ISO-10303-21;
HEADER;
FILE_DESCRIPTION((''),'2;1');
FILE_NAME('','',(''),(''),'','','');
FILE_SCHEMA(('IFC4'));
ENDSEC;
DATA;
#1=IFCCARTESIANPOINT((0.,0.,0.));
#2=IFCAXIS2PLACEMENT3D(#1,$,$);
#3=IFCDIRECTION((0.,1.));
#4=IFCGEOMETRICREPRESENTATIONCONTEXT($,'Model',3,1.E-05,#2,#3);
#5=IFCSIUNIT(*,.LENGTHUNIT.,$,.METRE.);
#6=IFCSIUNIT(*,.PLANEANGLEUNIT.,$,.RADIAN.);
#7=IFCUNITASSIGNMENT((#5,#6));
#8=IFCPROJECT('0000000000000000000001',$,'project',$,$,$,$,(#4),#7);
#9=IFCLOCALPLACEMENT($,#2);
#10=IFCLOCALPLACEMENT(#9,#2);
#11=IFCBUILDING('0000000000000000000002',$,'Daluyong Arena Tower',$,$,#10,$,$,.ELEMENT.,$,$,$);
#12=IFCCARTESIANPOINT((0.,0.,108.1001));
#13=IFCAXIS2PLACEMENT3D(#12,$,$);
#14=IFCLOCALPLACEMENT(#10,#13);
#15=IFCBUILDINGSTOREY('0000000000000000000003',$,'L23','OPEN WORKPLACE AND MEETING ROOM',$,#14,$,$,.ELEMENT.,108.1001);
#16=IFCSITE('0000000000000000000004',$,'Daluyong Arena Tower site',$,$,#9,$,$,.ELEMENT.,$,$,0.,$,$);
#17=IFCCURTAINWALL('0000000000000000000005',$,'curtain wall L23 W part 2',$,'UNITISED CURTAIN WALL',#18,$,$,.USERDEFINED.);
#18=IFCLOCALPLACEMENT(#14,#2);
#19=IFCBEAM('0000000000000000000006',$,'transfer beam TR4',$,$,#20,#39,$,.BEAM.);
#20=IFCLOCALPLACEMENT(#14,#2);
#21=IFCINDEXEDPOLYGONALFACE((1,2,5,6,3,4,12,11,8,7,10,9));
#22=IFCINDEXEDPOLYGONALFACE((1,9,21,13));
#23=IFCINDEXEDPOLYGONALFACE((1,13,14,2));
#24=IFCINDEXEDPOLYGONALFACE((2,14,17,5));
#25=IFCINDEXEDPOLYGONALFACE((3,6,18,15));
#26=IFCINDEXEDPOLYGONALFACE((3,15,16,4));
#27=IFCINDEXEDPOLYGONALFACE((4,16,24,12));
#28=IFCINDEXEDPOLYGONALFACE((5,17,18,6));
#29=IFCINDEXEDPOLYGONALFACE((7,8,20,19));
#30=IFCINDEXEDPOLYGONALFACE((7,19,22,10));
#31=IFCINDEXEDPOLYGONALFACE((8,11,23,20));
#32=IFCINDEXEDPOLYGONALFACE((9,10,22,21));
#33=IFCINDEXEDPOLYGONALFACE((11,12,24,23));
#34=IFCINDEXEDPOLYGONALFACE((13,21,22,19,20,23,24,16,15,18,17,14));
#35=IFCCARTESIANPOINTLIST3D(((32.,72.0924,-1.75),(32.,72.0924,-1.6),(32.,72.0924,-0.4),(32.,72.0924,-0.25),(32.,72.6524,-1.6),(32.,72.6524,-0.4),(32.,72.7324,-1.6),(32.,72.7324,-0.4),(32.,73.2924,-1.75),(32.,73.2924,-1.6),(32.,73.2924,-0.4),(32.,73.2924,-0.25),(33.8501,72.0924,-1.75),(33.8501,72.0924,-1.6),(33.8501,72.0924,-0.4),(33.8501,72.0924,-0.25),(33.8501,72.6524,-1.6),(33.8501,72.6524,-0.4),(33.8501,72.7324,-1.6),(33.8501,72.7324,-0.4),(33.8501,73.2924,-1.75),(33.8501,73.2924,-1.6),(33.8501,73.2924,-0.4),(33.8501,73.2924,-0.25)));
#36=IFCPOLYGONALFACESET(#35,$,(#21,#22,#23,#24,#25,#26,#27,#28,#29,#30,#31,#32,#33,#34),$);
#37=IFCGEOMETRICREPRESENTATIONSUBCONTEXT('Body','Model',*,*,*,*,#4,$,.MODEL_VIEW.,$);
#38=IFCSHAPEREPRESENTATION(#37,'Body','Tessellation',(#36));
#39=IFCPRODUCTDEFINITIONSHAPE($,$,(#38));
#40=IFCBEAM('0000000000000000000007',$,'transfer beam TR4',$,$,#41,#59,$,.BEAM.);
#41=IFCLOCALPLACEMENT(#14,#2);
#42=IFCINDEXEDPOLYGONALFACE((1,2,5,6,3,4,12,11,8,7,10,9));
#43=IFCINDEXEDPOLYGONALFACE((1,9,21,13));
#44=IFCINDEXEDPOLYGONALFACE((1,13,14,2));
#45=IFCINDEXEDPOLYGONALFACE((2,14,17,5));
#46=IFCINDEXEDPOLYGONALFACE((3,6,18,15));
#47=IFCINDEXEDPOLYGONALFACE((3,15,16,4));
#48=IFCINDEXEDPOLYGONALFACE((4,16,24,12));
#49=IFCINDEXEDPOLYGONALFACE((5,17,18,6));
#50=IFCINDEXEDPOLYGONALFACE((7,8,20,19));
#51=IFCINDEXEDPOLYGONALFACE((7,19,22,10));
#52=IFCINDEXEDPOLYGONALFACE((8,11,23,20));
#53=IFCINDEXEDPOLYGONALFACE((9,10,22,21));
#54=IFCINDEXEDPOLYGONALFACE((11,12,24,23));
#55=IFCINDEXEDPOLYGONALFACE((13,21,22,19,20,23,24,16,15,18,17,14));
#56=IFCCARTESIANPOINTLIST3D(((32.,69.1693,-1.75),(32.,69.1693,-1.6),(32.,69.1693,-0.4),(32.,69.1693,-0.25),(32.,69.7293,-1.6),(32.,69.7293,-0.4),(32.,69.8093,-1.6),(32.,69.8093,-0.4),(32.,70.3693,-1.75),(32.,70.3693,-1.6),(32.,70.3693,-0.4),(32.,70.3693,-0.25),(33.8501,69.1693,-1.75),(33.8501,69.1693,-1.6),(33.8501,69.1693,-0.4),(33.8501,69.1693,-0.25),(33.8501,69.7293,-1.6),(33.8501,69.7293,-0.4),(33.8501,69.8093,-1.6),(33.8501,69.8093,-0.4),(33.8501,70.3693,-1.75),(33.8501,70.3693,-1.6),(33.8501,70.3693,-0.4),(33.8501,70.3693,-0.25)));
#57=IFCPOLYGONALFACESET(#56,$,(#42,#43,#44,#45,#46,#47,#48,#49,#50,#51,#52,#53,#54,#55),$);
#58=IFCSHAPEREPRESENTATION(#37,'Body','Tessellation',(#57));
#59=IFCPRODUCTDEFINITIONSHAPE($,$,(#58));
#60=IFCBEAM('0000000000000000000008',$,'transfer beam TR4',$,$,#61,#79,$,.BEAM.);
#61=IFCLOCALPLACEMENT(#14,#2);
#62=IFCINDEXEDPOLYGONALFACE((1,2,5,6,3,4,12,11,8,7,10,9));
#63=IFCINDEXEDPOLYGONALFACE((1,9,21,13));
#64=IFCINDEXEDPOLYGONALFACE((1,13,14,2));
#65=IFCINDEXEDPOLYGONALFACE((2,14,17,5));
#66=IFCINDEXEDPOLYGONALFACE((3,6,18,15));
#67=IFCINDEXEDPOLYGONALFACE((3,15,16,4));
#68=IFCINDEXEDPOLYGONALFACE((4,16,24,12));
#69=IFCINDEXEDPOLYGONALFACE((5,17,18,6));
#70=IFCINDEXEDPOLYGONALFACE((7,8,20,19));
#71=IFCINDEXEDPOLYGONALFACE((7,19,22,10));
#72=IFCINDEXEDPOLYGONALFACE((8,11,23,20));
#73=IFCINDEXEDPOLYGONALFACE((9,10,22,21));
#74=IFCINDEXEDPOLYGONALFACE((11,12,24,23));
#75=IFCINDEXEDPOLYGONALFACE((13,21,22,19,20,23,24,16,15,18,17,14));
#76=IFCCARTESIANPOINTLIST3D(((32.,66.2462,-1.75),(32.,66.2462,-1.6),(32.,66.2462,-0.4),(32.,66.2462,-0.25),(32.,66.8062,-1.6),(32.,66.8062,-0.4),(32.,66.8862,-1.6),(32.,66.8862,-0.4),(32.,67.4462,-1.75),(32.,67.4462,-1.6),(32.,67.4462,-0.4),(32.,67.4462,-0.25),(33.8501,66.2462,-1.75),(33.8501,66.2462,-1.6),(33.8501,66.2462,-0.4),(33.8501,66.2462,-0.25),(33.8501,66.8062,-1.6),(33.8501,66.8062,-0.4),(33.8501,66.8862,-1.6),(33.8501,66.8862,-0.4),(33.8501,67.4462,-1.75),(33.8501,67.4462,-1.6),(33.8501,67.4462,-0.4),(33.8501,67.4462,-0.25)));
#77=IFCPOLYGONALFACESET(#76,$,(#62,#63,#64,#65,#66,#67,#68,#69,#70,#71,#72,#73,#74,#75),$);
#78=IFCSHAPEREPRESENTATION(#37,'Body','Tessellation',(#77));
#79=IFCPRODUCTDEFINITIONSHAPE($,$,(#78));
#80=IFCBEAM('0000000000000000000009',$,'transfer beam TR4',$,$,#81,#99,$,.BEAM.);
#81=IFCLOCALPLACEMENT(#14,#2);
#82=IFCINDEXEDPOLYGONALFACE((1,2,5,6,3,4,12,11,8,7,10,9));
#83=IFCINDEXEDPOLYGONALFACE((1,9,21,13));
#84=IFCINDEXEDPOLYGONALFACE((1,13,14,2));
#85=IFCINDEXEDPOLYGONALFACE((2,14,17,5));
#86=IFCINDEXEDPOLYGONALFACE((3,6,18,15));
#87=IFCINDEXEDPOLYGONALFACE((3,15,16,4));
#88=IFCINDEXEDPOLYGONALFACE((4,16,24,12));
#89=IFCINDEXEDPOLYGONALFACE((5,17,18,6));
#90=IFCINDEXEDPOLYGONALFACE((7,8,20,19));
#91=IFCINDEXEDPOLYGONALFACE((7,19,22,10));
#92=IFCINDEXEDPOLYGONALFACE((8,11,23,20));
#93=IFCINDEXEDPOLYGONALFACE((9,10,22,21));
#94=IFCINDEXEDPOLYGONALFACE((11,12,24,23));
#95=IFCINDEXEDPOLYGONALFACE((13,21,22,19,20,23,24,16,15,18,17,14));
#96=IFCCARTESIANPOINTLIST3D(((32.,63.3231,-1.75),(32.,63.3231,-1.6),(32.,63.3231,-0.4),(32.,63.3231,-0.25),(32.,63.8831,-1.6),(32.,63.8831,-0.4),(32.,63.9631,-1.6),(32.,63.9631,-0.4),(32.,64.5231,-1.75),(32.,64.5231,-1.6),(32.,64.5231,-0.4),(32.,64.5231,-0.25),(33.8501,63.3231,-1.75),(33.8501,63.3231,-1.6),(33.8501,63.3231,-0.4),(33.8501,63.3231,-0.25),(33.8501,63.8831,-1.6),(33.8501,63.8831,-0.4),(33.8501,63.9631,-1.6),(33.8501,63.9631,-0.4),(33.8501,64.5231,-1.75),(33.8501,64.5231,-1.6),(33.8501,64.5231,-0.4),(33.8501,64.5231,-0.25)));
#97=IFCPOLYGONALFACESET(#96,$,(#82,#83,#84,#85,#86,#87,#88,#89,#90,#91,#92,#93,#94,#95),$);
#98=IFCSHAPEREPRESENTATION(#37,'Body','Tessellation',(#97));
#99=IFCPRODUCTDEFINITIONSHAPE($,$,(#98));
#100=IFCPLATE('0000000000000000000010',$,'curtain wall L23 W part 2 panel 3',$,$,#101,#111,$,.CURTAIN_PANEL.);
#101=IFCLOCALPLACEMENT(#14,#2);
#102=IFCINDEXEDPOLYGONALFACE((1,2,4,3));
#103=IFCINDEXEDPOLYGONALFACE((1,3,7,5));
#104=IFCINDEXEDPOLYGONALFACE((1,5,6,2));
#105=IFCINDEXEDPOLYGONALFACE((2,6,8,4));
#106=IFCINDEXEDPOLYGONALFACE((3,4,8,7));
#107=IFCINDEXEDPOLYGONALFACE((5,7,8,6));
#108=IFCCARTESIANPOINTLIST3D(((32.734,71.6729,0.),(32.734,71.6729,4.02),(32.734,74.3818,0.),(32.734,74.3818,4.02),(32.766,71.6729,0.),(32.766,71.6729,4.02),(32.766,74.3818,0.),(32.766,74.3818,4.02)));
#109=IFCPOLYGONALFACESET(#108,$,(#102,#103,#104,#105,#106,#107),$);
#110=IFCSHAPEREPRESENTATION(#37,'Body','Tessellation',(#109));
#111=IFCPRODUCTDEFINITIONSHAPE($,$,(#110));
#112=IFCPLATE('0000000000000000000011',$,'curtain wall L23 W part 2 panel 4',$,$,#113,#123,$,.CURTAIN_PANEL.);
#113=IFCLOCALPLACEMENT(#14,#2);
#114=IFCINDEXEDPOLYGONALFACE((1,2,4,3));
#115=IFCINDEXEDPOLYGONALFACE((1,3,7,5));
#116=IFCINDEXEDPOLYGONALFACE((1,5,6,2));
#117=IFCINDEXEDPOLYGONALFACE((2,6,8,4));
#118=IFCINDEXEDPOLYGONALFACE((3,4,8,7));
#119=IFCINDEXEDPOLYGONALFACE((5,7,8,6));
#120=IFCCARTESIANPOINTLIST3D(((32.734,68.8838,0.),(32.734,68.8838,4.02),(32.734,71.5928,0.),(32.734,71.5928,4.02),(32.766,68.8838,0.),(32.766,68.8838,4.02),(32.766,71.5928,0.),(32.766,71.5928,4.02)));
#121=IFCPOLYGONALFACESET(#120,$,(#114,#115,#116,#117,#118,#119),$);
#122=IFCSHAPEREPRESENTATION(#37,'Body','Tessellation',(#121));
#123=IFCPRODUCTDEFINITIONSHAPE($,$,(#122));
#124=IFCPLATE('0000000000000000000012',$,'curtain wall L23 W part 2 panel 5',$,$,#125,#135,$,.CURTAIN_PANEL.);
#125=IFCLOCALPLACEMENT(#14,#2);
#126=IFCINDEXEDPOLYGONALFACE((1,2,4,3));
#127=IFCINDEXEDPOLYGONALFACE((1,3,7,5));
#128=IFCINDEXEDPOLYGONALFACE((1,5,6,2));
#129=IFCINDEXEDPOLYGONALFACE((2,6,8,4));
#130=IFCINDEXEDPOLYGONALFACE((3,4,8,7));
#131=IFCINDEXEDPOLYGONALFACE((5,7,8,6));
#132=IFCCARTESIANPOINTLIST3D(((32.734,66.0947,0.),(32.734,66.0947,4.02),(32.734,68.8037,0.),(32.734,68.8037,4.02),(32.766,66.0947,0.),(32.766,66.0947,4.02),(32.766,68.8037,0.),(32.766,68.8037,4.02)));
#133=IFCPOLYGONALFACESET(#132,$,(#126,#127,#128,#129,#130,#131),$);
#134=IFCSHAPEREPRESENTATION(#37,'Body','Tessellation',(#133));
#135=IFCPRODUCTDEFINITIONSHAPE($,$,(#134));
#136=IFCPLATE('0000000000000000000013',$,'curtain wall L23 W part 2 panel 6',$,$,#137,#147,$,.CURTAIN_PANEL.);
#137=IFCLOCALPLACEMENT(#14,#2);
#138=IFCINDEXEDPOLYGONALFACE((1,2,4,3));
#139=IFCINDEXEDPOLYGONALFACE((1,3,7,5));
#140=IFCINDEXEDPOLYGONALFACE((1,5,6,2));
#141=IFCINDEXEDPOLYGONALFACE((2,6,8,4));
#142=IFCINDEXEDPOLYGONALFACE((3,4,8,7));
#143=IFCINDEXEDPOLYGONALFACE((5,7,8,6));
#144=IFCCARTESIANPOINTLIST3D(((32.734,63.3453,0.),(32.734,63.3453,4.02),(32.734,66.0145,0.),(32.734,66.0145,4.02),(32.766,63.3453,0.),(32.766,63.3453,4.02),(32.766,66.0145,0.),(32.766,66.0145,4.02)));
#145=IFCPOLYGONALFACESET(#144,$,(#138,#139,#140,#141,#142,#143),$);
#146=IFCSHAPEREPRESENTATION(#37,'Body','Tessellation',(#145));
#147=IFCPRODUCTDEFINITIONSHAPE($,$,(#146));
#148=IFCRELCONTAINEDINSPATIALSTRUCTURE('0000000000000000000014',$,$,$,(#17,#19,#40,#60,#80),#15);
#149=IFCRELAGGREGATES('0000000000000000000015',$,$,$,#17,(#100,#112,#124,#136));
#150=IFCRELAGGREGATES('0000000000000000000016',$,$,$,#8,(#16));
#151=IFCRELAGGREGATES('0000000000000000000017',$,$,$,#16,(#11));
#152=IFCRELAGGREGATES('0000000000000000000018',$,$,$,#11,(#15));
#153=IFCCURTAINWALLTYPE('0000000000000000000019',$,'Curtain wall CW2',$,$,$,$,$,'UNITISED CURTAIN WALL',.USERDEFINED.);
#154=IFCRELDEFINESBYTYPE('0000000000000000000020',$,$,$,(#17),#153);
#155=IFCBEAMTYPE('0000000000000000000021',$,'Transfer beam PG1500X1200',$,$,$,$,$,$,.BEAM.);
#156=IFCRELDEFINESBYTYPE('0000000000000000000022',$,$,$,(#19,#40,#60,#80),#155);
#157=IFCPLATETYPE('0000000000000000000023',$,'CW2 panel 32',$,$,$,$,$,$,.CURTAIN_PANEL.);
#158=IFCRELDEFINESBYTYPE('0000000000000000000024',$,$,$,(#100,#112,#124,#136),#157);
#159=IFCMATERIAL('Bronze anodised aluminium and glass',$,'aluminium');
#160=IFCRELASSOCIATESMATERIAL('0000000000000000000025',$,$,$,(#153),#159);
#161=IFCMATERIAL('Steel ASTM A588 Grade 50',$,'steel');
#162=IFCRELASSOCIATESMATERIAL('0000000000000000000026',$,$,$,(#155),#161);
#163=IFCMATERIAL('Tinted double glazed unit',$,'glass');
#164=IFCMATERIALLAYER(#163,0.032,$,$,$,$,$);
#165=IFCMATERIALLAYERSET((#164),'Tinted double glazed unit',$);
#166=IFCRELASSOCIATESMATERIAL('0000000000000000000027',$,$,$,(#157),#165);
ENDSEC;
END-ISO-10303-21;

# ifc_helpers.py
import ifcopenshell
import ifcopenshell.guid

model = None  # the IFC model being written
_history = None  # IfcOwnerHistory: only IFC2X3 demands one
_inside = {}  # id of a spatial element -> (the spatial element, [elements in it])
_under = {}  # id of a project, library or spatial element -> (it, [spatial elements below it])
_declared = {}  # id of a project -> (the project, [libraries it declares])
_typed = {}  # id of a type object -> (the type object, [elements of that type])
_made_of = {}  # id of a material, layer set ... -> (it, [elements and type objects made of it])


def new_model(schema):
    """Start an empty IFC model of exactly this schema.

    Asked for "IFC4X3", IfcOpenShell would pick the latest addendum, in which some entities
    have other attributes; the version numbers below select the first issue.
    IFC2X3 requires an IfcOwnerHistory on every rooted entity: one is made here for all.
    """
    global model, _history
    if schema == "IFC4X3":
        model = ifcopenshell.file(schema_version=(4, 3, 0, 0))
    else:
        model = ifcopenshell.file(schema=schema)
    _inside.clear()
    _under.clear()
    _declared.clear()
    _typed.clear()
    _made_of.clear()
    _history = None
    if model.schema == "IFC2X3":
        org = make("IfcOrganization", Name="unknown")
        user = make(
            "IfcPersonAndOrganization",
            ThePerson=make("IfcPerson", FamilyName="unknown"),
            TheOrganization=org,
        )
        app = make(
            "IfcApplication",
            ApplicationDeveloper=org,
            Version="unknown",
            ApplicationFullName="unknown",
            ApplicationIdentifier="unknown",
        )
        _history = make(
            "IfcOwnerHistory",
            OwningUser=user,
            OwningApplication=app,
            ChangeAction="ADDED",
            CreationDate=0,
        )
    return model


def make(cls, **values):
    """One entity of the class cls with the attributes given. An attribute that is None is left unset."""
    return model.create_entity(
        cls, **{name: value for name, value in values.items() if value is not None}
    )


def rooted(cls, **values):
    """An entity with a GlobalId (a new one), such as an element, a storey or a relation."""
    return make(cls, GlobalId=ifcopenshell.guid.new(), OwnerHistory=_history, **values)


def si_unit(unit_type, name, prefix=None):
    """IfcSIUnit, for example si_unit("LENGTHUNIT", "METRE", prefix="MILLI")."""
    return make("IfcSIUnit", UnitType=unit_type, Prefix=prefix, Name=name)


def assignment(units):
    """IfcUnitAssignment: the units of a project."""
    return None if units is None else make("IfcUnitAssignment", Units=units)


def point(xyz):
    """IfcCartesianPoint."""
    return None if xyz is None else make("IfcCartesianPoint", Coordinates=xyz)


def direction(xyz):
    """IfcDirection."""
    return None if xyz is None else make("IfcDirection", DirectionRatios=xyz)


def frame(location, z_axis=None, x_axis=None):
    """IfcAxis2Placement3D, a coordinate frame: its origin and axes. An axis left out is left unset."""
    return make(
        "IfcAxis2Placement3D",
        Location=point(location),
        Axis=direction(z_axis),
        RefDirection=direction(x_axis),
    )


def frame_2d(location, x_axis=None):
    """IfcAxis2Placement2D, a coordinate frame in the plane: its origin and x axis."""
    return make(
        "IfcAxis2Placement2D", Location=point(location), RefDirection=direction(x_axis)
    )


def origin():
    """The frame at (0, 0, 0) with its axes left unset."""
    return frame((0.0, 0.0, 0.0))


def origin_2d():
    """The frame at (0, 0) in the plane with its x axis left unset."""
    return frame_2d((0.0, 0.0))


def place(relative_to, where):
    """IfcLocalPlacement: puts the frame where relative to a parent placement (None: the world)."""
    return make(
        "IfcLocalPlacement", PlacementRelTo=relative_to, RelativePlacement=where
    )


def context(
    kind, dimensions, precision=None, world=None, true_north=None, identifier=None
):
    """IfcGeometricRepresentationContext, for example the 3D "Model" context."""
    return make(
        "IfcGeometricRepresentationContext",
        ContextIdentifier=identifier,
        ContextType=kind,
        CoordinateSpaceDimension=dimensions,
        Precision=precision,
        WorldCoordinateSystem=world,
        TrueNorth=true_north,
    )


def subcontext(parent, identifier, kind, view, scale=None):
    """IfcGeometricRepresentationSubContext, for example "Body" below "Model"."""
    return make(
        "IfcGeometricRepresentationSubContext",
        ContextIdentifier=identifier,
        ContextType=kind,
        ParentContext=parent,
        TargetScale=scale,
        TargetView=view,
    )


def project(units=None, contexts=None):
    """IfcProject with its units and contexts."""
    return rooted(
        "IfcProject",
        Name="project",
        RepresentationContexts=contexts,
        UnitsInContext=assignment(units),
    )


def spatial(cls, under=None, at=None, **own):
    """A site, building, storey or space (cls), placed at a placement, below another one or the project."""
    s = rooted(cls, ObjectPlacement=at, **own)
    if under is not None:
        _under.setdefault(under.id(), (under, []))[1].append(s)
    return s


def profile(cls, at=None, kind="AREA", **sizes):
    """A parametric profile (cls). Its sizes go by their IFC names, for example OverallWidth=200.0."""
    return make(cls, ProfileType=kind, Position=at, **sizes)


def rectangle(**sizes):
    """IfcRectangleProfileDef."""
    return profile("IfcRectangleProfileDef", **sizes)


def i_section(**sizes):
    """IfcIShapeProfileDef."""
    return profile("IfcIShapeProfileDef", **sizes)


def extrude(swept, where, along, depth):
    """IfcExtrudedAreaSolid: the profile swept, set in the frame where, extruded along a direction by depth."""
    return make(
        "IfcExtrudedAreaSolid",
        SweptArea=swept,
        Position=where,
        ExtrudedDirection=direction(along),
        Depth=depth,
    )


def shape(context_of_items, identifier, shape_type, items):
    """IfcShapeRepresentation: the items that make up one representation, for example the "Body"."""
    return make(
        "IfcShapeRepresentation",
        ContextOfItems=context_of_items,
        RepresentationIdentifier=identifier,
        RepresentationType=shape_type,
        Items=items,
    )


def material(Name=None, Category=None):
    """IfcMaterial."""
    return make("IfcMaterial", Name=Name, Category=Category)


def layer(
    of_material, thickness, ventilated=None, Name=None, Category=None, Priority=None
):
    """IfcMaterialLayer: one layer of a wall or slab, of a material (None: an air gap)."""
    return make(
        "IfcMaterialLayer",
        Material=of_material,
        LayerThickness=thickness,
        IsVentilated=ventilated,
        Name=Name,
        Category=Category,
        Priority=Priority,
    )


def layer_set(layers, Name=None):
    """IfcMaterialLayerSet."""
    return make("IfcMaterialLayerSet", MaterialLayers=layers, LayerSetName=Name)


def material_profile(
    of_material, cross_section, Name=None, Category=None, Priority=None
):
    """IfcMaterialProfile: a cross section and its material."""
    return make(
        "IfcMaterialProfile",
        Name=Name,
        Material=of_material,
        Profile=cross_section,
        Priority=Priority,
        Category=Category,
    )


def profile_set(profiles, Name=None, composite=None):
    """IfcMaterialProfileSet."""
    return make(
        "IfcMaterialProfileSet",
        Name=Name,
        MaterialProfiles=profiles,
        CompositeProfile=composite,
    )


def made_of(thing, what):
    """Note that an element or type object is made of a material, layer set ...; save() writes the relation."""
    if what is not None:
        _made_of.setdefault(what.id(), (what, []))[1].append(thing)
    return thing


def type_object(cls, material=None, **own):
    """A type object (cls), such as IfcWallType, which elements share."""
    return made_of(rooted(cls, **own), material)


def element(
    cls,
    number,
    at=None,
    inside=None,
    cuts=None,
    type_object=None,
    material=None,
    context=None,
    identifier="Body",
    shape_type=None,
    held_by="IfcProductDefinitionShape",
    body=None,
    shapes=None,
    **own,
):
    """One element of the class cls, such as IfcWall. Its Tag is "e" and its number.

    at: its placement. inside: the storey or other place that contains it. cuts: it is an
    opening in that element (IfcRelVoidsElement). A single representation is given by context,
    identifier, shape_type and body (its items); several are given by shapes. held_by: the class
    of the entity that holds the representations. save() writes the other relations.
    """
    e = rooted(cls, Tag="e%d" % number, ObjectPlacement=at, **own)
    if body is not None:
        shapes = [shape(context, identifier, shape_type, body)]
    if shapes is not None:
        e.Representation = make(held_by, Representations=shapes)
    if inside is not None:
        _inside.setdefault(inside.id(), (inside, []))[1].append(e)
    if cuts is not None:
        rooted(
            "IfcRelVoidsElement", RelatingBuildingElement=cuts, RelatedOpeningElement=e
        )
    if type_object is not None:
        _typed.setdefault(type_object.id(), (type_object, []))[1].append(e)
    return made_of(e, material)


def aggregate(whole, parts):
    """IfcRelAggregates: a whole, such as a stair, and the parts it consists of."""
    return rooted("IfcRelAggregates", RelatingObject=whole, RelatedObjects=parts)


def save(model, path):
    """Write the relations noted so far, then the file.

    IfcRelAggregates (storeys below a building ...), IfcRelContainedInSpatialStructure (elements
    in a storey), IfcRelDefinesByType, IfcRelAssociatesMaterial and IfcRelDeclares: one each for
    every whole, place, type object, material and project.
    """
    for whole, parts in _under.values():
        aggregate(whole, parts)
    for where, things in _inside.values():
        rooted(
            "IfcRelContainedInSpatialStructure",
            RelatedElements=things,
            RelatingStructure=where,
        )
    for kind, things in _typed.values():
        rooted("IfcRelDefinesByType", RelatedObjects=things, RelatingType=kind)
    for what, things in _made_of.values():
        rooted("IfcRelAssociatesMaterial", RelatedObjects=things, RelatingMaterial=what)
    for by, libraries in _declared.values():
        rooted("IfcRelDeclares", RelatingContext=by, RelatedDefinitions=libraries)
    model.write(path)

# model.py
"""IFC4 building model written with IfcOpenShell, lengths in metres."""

from ifc_helpers import new_model, si_unit, direction, frame, origin, origin_2d, place, context, subcontext, project, spatial, rectangle, i_section, extrude, material, layer, layer_set, material_profile, profile_set, type_object, element, aggregate, save


model = new_model("IFC4")

# Units and contexts
model_context = context("Model", 3, precision=1e-05, world=origin(), true_north=direction((0.0, 1.0)))
body_context = subcontext(model_context, "Body", "Model", "MODEL_VIEW")
ifc_project = project(units=[si_unit("LENGTHUNIT", "METRE"), si_unit("PLANEANGLEUNIT", "RADIAN")], contexts=[model_context])

# Site, building, storey
site_placement = place(None, origin())
site = spatial("IfcSite", under=ifc_project, at=site_placement, Name="Daluyong Arena Tower site", CompositionType="ELEMENT", RefElevation=0.0)
building_placement = place(site_placement, origin())
building = spatial("IfcBuilding", under=site, at=building_placement, Name="Daluyong Arena Tower", CompositionType="ELEMENT")
storey_placement = place(building_placement, frame((0.0, 0.0, 108.1001)))
storey = spatial("IfcBuildingStorey", under=building, at=storey_placement, Name="L23", Description="OPEN WORKPLACE AND MEETING ROOM", CompositionType="ELEMENT", Elevation=108.1001)

# Curtain wall
ifc_material_1 = material(Name="Bronze anodised aluminium and glass", Category="aluminium")
curtain_wall_type = type_object("IfcCurtainWallType", Name="Curtain wall CW2", ElementType="UNITISED CURTAIN WALL", PredefinedType="USERDEFINED", material=ifc_material_1)
curtain_wall_placement = place(storey_placement, origin())
curtain_wall = element("IfcCurtainWall", 1, at=curtain_wall_placement, inside=storey, type_object=curtain_wall_type, Name="curtain wall L23 W part 2", ObjectType="UNITISED CURTAIN WALL", PredefinedType="USERDEFINED")

# Beams
ifc_material_2 = material(Name="Steel ASTM A588 Grade 50", Category="steel")
ifc_material_profile_1 = material_profile(ifc_material_2, i_section(OverallWidth=1.2, OverallDepth=1.5, WebThickness=0.08, FlangeThickness=0.15, at=origin_2d()))
ifc_profile_set_1 = profile_set([ifc_material_profile_1], Name="Steel ASTM A588 Grade 50")
beam_type_1 = type_object("IfcBeamType", Name="Transfer beam PG1500X1200", PredefinedType="BEAM", material=ifc_profile_set_1)
for number, where, z_axis, x_axis, name in (
    (2, (32.0, 72.6924, -1.0), (1.0, 0.0, 0.0), (0.0, 1.0, 0.0), "transfer beam TR4"),
    (3, (32.0, 69.7693, -1.0), (1.0, 0.0, 0.0), (0.0, 1.0, 0.0), "transfer beam TR4"),
    (4, (32.0, 66.8462, -1.0), (1.0, 0.0, 0.0), (0.0, 1.0, 0.0), "transfer beam TR4"),
    (5, (32.0, 63.9231, -1.0), (1.0, 0.0, 0.0), (0.0, 1.0, 0.0), "transfer beam TR4"),
):
    element("IfcBeam", number, at=place(storey_placement, frame(where, z_axis=z_axis, x_axis=x_axis)), inside=storey, type_object=beam_type_1, Name=name, PredefinedType="BEAM", context=body_context, shape_type="SweptSolid", body=[
        extrude(i_section(OverallWidth=1.2, OverallDepth=1.5, WebThickness=0.08, FlangeThickness=0.15, at=origin_2d()), origin(), (0.0, 0.0, 1.0), 1.8501),
    ])

# Plates
ifc_material_3 = material(Name="Tinted double glazed unit", Category="glass")
ifc_layer = layer(ifc_material_3, 0.032)
ifc_layer_set = layer_set([ifc_layer], Name="Tinted double glazed unit")
plate_type = type_object("IfcPlateType", Name="CW2 panel 32", PredefinedType="CURTAIN_PANEL", material=ifc_layer_set)
plate_1_placement = place(storey_placement, frame((32.75, 73.0273, 0.0), z_axis=(0.0, 0.0, 1.0), x_axis=(0.0, -1.0, 0.0)))
plate_1 = element("IfcPlate", 6, at=plate_1_placement, type_object=plate_type, Name="curtain wall L23 W part 2 panel 3", PredefinedType="CURTAIN_PANEL", context=body_context, shape_type="SweptSolid", body=[
    extrude(rectangle(XDim=2.709, YDim=0.032, at=origin_2d()), origin(), (0.0, 0.0, 1.0), 4.02),
])
plate_2_placement = place(storey_placement, frame((32.75, 70.2383, 0.0), z_axis=(0.0, 0.0, 1.0), x_axis=(0.0, -1.0, 0.0)))
plate_2 = element("IfcPlate", 7, at=plate_2_placement, type_object=plate_type, Name="curtain wall L23 W part 2 panel 4", PredefinedType="CURTAIN_PANEL", context=body_context, shape_type="SweptSolid", body=[
    extrude(rectangle(XDim=2.709, YDim=0.032, at=origin_2d()), origin(), (0.0, 0.0, 1.0), 4.02),
])
plate_3_placement = place(storey_placement, frame((32.75, 67.4492, 0.0), z_axis=(0.0, 0.0, 1.0), x_axis=(0.0, -1.0, 0.0)))
plate_3 = element("IfcPlate", 8, at=plate_3_placement, type_object=plate_type, Name="curtain wall L23 W part 2 panel 5", PredefinedType="CURTAIN_PANEL", context=body_context, shape_type="SweptSolid", body=[
    extrude(rectangle(XDim=2.709, YDim=0.032, at=origin_2d()), origin(), (0.0, 0.0, 1.0), 4.02),
])
plate_4_placement = place(storey_placement, frame((32.75, 64.6799, 0.0), z_axis=(0.0, 0.0, 1.0), x_axis=(0.0, -1.0, 0.0)))
plate_4 = element("IfcPlate", 9, at=plate_4_placement, type_object=plate_type, Name="curtain wall L23 W part 2 panel 6", PredefinedType="CURTAIN_PANEL", context=body_context, shape_type="SweptSolid", body=[
    extrude(rectangle(XDim=2.6692, YDim=0.032, at=origin_2d()), origin(), (0.0, 0.0, 1.0), 4.02),
])
aggregate(curtain_wall, [plate_1, plate_2, plate_3, plate_4])

save(model, "model.ifc")
